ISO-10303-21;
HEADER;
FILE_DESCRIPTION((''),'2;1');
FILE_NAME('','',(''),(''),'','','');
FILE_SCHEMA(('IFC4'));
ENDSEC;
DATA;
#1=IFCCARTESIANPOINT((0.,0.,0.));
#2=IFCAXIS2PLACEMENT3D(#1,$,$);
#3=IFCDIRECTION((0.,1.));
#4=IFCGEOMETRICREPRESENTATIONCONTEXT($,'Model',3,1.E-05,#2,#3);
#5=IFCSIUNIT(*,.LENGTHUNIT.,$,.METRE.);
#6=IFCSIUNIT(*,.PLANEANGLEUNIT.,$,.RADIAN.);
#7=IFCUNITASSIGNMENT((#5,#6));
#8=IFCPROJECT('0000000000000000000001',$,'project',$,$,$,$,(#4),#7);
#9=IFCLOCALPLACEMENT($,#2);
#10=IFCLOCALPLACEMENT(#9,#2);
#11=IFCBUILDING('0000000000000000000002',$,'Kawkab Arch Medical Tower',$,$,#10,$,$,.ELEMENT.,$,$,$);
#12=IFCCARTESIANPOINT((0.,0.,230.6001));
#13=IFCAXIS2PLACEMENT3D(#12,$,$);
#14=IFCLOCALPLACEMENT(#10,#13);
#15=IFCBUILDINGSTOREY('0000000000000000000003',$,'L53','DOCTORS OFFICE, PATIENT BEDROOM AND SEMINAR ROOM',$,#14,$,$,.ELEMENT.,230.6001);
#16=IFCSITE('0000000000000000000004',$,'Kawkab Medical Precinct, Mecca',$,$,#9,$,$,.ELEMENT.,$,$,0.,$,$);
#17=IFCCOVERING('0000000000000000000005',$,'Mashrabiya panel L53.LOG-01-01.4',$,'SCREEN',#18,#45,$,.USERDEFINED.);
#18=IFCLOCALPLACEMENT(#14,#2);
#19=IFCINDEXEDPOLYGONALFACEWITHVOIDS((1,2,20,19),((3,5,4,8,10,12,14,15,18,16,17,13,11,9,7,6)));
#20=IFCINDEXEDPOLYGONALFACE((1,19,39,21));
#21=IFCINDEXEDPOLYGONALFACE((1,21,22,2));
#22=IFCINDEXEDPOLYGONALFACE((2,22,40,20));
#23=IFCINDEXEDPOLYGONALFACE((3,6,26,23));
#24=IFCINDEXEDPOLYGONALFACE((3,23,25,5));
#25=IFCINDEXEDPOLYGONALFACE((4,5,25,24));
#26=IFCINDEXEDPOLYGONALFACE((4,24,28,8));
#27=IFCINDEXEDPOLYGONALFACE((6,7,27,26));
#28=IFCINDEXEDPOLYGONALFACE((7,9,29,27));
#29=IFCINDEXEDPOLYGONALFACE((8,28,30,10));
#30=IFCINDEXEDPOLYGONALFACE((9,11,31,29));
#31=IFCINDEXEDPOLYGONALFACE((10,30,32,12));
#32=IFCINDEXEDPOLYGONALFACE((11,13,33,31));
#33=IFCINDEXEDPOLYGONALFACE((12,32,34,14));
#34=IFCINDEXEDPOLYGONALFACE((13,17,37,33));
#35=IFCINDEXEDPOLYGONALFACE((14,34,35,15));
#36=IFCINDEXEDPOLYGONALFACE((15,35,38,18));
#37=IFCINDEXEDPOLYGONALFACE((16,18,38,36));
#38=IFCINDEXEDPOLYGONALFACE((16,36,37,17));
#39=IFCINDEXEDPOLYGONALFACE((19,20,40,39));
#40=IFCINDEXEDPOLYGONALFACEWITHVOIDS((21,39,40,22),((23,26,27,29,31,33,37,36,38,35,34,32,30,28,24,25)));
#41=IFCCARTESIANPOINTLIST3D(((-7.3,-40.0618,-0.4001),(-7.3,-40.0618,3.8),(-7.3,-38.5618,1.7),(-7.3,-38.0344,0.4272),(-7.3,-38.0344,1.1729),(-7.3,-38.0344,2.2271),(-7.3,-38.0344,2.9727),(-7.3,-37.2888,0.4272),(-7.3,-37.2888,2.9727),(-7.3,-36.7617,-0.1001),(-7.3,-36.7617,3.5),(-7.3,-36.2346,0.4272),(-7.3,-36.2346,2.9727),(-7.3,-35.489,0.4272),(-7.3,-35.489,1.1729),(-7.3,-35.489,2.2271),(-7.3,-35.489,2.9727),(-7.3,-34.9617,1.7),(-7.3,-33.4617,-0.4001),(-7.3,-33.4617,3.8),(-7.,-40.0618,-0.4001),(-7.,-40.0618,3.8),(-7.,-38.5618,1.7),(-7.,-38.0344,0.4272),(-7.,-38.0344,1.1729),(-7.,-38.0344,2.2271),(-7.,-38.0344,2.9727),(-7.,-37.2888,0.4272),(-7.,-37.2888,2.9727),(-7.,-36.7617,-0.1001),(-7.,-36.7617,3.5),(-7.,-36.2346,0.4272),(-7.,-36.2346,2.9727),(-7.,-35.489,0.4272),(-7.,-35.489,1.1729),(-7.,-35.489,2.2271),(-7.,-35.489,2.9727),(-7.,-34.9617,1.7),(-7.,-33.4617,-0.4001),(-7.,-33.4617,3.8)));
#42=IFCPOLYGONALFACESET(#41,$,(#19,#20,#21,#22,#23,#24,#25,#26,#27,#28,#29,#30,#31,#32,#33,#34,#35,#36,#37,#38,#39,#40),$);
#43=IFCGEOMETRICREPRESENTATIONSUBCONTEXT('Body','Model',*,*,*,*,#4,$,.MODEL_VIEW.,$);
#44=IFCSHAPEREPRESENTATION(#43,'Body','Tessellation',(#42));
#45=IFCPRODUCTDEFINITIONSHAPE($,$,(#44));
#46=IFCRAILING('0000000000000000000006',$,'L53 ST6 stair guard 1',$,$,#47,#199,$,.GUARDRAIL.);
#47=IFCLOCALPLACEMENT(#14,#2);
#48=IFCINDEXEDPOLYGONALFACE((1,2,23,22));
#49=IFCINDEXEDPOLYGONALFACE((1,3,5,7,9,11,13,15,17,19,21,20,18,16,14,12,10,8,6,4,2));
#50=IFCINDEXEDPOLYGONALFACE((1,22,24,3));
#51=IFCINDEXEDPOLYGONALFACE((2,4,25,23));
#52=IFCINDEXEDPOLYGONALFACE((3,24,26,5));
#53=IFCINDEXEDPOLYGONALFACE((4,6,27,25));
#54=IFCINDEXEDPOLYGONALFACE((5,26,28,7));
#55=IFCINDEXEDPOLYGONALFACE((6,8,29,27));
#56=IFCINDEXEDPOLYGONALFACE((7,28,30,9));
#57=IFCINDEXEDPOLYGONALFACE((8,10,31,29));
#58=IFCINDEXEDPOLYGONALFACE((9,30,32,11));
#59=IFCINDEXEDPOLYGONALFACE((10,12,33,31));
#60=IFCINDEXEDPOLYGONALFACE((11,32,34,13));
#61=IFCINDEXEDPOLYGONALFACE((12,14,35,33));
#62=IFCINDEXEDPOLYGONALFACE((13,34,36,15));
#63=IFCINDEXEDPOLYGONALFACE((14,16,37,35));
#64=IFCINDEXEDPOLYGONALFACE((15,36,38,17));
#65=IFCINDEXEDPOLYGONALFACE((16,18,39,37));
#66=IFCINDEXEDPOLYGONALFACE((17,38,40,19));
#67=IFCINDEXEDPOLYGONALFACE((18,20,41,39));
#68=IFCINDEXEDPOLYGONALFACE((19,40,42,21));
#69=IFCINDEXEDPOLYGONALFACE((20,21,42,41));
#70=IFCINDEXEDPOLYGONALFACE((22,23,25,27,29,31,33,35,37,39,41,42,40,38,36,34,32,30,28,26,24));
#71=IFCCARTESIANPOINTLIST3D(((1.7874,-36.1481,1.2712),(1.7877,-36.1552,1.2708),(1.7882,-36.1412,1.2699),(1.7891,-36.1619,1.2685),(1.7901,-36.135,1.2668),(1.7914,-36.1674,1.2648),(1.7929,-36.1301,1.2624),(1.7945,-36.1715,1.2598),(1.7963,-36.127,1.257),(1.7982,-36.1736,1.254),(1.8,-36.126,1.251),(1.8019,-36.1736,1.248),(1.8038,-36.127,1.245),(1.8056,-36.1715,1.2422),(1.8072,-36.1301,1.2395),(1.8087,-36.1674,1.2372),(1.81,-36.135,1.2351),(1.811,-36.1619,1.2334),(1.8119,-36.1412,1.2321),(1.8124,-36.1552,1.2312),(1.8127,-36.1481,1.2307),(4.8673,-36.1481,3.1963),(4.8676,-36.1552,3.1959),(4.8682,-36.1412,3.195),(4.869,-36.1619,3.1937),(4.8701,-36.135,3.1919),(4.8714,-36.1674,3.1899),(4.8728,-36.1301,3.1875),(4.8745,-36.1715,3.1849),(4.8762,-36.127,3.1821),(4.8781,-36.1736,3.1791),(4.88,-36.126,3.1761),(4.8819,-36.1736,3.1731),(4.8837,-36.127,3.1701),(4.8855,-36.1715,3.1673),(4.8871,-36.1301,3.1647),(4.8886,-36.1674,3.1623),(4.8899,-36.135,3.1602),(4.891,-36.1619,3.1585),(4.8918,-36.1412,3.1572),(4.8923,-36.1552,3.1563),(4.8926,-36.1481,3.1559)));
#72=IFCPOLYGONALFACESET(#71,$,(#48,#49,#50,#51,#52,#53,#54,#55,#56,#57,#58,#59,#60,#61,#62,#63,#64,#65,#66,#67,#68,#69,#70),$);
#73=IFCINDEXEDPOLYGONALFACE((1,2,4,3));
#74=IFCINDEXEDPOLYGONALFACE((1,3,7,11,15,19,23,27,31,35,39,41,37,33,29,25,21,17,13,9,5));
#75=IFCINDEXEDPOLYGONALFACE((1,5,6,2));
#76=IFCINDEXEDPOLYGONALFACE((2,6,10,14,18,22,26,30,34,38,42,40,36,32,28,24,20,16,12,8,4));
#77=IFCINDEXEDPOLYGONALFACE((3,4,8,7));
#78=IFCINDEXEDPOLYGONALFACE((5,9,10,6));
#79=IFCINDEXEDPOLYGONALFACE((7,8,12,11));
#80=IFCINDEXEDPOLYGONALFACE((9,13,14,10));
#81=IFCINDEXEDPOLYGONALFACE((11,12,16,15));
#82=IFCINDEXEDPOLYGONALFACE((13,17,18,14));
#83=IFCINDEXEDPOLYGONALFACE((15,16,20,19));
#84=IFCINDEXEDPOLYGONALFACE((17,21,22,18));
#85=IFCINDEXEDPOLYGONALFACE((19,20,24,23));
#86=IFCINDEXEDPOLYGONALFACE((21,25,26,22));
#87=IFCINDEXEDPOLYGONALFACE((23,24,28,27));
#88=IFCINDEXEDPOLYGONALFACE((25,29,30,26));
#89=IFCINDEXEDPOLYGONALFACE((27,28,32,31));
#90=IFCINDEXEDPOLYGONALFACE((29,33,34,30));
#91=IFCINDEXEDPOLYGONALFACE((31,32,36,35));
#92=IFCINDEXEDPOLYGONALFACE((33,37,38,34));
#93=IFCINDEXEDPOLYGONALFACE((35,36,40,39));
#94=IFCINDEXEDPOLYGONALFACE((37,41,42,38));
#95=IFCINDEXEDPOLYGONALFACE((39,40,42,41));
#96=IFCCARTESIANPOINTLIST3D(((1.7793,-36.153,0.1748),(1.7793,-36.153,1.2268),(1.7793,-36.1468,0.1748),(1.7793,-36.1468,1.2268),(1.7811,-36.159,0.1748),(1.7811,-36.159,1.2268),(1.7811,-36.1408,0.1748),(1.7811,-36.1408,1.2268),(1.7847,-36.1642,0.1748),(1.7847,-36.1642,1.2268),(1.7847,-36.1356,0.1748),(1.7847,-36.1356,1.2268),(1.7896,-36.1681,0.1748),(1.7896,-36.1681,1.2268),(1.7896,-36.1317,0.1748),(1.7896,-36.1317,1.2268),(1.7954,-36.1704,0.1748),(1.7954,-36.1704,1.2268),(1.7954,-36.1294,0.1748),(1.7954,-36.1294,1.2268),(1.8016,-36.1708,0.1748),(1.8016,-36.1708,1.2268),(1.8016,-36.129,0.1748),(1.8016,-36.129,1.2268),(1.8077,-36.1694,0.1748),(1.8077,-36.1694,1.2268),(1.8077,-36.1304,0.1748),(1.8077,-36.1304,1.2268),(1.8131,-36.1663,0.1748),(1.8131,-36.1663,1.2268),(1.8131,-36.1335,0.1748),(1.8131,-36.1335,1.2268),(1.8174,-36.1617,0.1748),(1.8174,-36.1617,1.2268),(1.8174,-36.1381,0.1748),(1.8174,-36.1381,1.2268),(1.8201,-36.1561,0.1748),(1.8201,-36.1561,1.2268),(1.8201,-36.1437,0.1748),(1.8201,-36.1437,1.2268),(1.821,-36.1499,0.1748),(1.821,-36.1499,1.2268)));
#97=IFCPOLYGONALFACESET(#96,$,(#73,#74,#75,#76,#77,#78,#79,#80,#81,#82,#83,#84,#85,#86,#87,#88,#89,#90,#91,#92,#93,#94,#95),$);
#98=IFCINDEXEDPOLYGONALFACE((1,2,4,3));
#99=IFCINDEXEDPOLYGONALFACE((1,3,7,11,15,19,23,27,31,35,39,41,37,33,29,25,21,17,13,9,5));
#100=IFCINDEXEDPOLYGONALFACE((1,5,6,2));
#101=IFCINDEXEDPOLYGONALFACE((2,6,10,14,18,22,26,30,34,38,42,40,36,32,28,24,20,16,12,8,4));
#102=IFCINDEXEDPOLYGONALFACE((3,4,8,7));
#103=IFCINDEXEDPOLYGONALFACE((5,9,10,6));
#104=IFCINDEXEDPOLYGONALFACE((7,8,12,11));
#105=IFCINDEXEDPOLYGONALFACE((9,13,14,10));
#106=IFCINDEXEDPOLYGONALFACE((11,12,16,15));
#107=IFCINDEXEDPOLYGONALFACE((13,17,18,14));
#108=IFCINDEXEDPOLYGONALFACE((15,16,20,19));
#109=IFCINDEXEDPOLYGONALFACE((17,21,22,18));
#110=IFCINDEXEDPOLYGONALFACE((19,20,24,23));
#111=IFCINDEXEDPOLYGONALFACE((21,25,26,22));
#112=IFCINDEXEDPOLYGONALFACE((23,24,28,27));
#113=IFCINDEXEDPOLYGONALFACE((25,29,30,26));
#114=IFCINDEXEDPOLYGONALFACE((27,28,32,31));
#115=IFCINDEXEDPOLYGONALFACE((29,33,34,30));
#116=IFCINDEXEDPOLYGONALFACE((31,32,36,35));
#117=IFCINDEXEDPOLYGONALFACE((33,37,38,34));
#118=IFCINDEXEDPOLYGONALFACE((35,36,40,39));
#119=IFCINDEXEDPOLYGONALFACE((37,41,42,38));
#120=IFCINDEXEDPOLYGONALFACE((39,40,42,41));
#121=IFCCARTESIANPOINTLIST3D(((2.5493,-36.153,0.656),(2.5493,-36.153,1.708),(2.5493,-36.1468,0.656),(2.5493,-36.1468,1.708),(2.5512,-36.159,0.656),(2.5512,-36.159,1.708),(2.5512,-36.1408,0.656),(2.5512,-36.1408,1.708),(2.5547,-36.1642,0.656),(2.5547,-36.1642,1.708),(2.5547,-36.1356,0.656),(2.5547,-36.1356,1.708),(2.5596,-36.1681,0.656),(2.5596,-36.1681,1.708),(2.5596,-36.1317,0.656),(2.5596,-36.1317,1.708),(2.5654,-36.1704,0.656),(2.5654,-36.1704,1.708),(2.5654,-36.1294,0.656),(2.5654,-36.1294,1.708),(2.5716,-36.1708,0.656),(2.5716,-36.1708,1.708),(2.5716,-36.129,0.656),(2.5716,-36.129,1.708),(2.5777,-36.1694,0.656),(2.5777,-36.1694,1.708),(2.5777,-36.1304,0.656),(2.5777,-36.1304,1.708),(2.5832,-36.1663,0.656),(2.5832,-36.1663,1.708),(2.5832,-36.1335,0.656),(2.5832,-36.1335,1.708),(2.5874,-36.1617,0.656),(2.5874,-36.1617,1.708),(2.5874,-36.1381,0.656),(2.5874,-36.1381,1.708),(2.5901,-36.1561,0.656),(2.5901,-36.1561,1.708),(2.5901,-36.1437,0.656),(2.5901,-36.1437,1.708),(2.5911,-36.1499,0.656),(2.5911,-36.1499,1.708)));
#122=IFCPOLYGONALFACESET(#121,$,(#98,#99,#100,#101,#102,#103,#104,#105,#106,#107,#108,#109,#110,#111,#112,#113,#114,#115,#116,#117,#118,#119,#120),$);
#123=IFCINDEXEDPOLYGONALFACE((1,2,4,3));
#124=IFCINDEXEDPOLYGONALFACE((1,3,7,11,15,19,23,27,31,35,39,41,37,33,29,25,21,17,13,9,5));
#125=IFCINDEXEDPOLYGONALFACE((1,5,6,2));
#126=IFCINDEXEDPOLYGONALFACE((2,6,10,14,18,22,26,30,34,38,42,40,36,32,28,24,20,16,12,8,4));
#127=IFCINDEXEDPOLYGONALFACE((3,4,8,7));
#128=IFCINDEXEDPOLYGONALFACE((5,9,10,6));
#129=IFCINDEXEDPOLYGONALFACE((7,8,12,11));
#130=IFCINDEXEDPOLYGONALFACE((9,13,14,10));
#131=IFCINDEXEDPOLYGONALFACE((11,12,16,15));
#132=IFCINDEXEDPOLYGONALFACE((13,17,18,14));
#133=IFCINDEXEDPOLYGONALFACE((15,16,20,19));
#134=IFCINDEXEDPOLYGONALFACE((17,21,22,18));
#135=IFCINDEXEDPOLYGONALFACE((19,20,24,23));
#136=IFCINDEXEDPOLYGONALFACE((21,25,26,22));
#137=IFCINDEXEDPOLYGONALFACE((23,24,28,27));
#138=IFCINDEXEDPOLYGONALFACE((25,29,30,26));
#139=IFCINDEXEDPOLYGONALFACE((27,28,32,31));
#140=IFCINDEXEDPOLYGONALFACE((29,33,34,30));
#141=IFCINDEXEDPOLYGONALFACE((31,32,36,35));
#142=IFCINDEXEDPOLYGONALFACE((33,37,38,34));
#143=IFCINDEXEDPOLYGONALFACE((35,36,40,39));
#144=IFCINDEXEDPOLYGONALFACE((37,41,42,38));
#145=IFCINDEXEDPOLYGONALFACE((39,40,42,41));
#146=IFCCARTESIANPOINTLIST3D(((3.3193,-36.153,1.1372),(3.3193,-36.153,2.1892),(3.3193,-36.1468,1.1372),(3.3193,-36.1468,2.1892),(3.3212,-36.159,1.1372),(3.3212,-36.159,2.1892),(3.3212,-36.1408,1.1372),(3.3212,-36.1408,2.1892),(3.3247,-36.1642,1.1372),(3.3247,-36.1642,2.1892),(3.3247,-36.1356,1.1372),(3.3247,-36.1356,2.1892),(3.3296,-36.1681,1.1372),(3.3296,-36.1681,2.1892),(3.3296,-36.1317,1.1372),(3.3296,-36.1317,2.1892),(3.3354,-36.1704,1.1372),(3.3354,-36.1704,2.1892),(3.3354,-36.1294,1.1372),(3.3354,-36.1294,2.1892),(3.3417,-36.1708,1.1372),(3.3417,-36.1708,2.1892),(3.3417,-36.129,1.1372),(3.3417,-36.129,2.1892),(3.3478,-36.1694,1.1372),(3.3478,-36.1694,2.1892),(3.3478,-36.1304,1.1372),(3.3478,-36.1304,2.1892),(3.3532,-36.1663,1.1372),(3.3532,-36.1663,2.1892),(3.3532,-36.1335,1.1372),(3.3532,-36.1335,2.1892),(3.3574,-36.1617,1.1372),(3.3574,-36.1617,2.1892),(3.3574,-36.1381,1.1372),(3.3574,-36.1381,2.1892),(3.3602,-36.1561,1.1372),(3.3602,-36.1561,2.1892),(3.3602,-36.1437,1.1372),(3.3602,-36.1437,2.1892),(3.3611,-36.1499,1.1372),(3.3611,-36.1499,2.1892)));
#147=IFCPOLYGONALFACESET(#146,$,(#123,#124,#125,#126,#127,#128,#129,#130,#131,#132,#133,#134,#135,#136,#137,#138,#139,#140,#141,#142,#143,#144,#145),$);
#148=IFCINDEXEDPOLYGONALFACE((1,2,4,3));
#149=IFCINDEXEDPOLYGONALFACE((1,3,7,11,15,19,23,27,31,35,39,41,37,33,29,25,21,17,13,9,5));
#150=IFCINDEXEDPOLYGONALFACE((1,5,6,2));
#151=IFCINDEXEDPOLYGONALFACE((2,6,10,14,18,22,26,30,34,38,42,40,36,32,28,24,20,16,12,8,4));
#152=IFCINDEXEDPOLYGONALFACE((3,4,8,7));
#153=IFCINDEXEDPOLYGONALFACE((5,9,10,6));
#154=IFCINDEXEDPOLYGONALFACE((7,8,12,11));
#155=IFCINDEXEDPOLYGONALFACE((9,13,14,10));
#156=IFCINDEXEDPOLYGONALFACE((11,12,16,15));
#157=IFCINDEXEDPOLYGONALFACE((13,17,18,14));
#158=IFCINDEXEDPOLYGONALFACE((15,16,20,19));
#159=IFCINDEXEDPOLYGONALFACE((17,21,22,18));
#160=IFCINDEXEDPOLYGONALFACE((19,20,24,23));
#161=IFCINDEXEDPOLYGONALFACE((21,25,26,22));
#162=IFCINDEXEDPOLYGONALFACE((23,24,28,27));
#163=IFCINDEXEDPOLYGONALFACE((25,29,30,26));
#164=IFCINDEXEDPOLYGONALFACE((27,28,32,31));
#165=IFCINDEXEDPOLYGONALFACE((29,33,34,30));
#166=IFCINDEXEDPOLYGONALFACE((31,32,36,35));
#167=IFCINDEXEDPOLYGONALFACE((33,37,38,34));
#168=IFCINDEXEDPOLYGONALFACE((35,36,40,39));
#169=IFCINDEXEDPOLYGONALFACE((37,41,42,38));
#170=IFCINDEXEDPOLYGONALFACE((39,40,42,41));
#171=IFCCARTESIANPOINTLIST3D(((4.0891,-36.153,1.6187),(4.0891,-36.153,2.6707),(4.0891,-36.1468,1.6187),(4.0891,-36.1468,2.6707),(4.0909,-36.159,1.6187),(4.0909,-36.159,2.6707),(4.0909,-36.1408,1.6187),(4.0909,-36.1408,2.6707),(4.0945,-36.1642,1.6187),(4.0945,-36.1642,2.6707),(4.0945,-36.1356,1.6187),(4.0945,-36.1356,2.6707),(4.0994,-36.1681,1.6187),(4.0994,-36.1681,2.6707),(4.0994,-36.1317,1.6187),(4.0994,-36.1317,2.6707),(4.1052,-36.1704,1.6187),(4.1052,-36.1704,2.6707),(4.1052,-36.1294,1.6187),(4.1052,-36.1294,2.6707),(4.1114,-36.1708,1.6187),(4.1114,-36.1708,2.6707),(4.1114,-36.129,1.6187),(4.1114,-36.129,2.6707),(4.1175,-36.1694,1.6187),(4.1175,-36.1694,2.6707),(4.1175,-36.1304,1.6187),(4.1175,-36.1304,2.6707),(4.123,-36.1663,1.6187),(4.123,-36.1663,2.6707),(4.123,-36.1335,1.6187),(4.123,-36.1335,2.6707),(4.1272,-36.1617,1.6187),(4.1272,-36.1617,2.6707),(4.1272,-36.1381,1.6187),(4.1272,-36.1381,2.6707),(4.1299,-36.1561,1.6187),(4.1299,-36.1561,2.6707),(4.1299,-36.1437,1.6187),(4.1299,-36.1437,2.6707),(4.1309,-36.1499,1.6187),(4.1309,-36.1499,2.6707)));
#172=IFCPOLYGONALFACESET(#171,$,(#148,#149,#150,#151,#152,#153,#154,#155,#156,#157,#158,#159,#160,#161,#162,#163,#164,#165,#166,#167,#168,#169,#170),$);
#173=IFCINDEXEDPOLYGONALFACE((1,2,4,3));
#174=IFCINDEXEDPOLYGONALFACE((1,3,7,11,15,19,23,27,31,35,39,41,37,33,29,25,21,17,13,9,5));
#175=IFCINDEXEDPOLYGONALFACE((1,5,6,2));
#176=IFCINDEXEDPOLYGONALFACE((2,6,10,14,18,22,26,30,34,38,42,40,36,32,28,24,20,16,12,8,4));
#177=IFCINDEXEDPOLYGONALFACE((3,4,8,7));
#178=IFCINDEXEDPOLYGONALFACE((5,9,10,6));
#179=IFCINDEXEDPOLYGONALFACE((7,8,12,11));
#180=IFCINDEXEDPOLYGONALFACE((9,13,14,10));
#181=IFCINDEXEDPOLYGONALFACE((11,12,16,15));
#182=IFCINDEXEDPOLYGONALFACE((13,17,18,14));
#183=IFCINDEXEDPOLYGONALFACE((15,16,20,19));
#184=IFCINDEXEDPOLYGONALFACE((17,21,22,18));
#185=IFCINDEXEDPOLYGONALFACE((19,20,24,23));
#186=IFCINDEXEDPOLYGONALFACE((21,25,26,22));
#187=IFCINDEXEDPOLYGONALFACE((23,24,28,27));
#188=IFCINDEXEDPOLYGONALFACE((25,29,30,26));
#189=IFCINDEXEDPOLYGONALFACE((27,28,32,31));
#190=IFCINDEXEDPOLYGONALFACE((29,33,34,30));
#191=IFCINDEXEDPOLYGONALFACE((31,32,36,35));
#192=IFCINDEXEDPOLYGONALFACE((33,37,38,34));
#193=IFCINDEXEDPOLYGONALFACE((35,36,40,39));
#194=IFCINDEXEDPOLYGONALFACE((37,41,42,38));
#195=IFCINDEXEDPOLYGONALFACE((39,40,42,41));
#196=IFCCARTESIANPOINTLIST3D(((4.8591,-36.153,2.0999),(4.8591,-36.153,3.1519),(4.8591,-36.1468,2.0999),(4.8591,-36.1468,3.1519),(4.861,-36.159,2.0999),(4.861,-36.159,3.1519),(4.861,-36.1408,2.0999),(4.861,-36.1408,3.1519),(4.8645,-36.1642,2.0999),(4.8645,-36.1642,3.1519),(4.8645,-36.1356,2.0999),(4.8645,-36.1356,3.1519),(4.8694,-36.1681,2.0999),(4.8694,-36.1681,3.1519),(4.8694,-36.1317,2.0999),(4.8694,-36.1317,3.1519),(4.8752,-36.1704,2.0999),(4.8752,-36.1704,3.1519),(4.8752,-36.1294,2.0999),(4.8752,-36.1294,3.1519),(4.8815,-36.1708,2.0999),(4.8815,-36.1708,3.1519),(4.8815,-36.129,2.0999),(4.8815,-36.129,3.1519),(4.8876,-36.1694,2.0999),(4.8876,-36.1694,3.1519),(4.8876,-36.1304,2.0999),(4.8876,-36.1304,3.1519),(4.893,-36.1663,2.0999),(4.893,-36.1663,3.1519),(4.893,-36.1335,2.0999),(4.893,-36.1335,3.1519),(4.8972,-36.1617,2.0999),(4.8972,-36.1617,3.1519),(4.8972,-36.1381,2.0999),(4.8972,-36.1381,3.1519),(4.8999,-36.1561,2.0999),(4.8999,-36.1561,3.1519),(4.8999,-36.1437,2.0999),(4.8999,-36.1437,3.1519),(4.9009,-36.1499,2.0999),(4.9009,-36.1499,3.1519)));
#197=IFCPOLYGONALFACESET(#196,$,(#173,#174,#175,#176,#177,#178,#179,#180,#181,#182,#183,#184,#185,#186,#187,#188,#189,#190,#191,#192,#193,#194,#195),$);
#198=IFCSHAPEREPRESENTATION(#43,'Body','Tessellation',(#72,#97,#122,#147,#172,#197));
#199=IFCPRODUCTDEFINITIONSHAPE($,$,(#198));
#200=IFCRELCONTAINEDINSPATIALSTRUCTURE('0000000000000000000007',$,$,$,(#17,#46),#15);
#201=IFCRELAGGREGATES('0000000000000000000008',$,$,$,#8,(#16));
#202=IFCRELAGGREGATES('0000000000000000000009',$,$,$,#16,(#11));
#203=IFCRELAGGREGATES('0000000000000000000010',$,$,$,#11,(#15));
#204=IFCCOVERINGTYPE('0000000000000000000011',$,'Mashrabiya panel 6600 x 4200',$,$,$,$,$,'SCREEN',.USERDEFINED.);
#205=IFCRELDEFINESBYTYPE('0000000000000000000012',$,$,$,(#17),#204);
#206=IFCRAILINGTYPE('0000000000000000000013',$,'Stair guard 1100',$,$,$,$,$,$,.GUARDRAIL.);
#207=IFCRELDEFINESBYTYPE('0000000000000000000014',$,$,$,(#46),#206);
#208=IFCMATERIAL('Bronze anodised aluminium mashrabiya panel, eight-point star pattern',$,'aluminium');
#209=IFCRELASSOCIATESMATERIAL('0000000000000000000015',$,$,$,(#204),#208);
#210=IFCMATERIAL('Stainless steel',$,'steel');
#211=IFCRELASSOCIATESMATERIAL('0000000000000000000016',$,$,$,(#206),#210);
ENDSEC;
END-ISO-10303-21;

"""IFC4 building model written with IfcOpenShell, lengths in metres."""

from ifc_helpers import new_model, si_unit, direction, frame, origin, origin_2d, place, context, subcontext, project, spatial, polyline, circle, outline, extrude, material, material_profile, profile_set, type_object, element, save


model = new_model("IFC4")

# Units and contexts
model_context = context("Model", 3, precision=1e-05, world=origin(), true_north=direction((0.0, 1.0)))
body_context = subcontext(model_context, "Body", "Model", "MODEL_VIEW")
ifc_project = project(units=[si_unit("LENGTHUNIT", "METRE"), si_unit("PLANEANGLEUNIT", "RADIAN")], contexts=[model_context])

# Site, building, storey
site_placement = place(None, origin())
site = spatial("IfcSite", under=ifc_project, at=site_placement, Name="Kawkab Medical Precinct, Mecca", CompositionType="ELEMENT", RefElevation=0.0)
building_placement = place(site_placement, origin())
building = spatial("IfcBuilding", under=site, at=building_placement, Name="Kawkab Arch Medical Tower", CompositionType="ELEMENT")
storey_placement = place(building_placement, frame((0.0, 0.0, 230.6001)))
storey = spatial("IfcBuildingStorey", under=building, at=storey_placement, Name="L53", Description="DOCTORS OFFICE, PATIENT BEDROOM AND SEMINAR ROOM", CompositionType="ELEMENT", Elevation=230.6001)

# Covering
ifc_material_1 = material(Name="Bronze anodised aluminium mashrabiya panel, eight-point star pattern", Category="aluminium")
ifc_material_profile_1 = material_profile(ifc_material_1, outline(polyline([(-3.3, -2.1001), (3.3, -2.1001), (3.3, 2.1001), (-3.3, 2.1001), (-3.3, -2.1001)]), holes=[polyline([(1.8, 0.0), (1.2727, 0.5271), (1.2727, 1.2727), (0.5271, 1.2727), (0.0, 1.8), (-0.5271, 1.2727), (-1.2727, 1.2727), (-1.2727, 0.5271), (-1.8, 0.0), (-1.2727, -0.5271), (-1.2727, -1.2727), (-0.5271, -1.2727), (0.0, -1.8), (0.5271, -1.2727), (1.2727, -1.2727), (1.2727, -0.5271), (1.8, 0.0)])]), Name="Mashrabiya panel 6600x4200")
ifc_profile_set_1 = profile_set([ifc_material_profile_1], Name="Bronze anodised aluminium mashrabiya panel, eight-point star pattern")
covering_type = type_object("IfcCoveringType", Name="Mashrabiya panel 6600 x 4200", ElementType="SCREEN", PredefinedType="USERDEFINED", material=ifc_profile_set_1)
covering_placement = place(storey_placement, frame((-7.0, -36.7617, 1.7), z_axis=(-1.0, 0.0, 0.0), x_axis=(0.0, -1.0, 0.0)))
element("IfcCovering", 1, at=covering_placement, inside=storey, type_object=covering_type, Name="Mashrabiya panel L53.LOG-01-01.4", ObjectType="SCREEN", PredefinedType="USERDEFINED", context=body_context, shape_type="SweptSolid", body=[
    extrude(outline(polyline([(-3.3, -2.1001), (3.3, -2.1001), (3.3, 2.1001), (-3.3, 2.1001), (-3.3, -2.1001)]), holes=[polyline([(1.8, 0.0), (1.2727, 0.5271), (1.2727, 1.2727), (0.5271, 1.2727), (0.0, 1.8), (-0.5271, 1.2727), (-1.2727, 1.2727), (-1.2727, 0.5271), (-1.8, 0.0), (-1.2727, -0.5271), (-1.2727, -1.2727), (-0.5271, -1.2727), (0.0, -1.8), (0.5271, -1.2727), (1.2727, -1.2727), (1.2727, -0.5271), (1.8, 0.0)])]), origin(), (0.0, 0.0, 1.0), 0.3),
])

# Railing
ifc_material_2 = material(Name="Stainless steel", Category="steel")
railing_type_1 = type_object("IfcRailingType", Name="Stair guard 1100", PredefinedType="GUARDRAIL", material=ifc_material_2)
railing_1_placement = place(storey_placement, frame((1.8, -36.1499, 0.1748)))
element("IfcRailing", 2, at=railing_1_placement, inside=storey, type_object=railing_type_1, Name="L53 ST6 stair guard 1", PredefinedType="GUARDRAIL", context=body_context, shape_type="SweptSolid", body=[
    extrude(circle(Radius=0.0239, at=origin_2d()), frame((0.0, 0.0, 1.0762), z_axis=(0.847979, 0.0, 0.530029), x_axis=(0.0, 1.0, 0.0)), (0.0, 0.0, 1.0), 3.6321),
    extrude(circle(Radius=0.021, at=origin_2d()), origin(), (0.0, 0.0, 1.0), 1.052),
    extrude(circle(Radius=0.021, at=origin_2d()), frame((0.77, 0.0, 0.4812)), (0.0, 0.0, 1.0), 1.052),
    extrude(circle(Radius=0.021, at=origin_2d()), frame((1.54, 0.0, 0.9624)), (0.0, 0.0, 1.0), 1.052),
    extrude(circle(Radius=0.021, at=origin_2d()), frame((2.3098, 0.0, 1.4438)), (0.0, 0.0, 1.0), 1.052),
    extrude(circle(Radius=0.021, at=origin_2d()), frame((3.0798, 0.0, 1.925)), (0.0, 0.0, 1.0), 1.052),
])

save(model, "model.ifc")
